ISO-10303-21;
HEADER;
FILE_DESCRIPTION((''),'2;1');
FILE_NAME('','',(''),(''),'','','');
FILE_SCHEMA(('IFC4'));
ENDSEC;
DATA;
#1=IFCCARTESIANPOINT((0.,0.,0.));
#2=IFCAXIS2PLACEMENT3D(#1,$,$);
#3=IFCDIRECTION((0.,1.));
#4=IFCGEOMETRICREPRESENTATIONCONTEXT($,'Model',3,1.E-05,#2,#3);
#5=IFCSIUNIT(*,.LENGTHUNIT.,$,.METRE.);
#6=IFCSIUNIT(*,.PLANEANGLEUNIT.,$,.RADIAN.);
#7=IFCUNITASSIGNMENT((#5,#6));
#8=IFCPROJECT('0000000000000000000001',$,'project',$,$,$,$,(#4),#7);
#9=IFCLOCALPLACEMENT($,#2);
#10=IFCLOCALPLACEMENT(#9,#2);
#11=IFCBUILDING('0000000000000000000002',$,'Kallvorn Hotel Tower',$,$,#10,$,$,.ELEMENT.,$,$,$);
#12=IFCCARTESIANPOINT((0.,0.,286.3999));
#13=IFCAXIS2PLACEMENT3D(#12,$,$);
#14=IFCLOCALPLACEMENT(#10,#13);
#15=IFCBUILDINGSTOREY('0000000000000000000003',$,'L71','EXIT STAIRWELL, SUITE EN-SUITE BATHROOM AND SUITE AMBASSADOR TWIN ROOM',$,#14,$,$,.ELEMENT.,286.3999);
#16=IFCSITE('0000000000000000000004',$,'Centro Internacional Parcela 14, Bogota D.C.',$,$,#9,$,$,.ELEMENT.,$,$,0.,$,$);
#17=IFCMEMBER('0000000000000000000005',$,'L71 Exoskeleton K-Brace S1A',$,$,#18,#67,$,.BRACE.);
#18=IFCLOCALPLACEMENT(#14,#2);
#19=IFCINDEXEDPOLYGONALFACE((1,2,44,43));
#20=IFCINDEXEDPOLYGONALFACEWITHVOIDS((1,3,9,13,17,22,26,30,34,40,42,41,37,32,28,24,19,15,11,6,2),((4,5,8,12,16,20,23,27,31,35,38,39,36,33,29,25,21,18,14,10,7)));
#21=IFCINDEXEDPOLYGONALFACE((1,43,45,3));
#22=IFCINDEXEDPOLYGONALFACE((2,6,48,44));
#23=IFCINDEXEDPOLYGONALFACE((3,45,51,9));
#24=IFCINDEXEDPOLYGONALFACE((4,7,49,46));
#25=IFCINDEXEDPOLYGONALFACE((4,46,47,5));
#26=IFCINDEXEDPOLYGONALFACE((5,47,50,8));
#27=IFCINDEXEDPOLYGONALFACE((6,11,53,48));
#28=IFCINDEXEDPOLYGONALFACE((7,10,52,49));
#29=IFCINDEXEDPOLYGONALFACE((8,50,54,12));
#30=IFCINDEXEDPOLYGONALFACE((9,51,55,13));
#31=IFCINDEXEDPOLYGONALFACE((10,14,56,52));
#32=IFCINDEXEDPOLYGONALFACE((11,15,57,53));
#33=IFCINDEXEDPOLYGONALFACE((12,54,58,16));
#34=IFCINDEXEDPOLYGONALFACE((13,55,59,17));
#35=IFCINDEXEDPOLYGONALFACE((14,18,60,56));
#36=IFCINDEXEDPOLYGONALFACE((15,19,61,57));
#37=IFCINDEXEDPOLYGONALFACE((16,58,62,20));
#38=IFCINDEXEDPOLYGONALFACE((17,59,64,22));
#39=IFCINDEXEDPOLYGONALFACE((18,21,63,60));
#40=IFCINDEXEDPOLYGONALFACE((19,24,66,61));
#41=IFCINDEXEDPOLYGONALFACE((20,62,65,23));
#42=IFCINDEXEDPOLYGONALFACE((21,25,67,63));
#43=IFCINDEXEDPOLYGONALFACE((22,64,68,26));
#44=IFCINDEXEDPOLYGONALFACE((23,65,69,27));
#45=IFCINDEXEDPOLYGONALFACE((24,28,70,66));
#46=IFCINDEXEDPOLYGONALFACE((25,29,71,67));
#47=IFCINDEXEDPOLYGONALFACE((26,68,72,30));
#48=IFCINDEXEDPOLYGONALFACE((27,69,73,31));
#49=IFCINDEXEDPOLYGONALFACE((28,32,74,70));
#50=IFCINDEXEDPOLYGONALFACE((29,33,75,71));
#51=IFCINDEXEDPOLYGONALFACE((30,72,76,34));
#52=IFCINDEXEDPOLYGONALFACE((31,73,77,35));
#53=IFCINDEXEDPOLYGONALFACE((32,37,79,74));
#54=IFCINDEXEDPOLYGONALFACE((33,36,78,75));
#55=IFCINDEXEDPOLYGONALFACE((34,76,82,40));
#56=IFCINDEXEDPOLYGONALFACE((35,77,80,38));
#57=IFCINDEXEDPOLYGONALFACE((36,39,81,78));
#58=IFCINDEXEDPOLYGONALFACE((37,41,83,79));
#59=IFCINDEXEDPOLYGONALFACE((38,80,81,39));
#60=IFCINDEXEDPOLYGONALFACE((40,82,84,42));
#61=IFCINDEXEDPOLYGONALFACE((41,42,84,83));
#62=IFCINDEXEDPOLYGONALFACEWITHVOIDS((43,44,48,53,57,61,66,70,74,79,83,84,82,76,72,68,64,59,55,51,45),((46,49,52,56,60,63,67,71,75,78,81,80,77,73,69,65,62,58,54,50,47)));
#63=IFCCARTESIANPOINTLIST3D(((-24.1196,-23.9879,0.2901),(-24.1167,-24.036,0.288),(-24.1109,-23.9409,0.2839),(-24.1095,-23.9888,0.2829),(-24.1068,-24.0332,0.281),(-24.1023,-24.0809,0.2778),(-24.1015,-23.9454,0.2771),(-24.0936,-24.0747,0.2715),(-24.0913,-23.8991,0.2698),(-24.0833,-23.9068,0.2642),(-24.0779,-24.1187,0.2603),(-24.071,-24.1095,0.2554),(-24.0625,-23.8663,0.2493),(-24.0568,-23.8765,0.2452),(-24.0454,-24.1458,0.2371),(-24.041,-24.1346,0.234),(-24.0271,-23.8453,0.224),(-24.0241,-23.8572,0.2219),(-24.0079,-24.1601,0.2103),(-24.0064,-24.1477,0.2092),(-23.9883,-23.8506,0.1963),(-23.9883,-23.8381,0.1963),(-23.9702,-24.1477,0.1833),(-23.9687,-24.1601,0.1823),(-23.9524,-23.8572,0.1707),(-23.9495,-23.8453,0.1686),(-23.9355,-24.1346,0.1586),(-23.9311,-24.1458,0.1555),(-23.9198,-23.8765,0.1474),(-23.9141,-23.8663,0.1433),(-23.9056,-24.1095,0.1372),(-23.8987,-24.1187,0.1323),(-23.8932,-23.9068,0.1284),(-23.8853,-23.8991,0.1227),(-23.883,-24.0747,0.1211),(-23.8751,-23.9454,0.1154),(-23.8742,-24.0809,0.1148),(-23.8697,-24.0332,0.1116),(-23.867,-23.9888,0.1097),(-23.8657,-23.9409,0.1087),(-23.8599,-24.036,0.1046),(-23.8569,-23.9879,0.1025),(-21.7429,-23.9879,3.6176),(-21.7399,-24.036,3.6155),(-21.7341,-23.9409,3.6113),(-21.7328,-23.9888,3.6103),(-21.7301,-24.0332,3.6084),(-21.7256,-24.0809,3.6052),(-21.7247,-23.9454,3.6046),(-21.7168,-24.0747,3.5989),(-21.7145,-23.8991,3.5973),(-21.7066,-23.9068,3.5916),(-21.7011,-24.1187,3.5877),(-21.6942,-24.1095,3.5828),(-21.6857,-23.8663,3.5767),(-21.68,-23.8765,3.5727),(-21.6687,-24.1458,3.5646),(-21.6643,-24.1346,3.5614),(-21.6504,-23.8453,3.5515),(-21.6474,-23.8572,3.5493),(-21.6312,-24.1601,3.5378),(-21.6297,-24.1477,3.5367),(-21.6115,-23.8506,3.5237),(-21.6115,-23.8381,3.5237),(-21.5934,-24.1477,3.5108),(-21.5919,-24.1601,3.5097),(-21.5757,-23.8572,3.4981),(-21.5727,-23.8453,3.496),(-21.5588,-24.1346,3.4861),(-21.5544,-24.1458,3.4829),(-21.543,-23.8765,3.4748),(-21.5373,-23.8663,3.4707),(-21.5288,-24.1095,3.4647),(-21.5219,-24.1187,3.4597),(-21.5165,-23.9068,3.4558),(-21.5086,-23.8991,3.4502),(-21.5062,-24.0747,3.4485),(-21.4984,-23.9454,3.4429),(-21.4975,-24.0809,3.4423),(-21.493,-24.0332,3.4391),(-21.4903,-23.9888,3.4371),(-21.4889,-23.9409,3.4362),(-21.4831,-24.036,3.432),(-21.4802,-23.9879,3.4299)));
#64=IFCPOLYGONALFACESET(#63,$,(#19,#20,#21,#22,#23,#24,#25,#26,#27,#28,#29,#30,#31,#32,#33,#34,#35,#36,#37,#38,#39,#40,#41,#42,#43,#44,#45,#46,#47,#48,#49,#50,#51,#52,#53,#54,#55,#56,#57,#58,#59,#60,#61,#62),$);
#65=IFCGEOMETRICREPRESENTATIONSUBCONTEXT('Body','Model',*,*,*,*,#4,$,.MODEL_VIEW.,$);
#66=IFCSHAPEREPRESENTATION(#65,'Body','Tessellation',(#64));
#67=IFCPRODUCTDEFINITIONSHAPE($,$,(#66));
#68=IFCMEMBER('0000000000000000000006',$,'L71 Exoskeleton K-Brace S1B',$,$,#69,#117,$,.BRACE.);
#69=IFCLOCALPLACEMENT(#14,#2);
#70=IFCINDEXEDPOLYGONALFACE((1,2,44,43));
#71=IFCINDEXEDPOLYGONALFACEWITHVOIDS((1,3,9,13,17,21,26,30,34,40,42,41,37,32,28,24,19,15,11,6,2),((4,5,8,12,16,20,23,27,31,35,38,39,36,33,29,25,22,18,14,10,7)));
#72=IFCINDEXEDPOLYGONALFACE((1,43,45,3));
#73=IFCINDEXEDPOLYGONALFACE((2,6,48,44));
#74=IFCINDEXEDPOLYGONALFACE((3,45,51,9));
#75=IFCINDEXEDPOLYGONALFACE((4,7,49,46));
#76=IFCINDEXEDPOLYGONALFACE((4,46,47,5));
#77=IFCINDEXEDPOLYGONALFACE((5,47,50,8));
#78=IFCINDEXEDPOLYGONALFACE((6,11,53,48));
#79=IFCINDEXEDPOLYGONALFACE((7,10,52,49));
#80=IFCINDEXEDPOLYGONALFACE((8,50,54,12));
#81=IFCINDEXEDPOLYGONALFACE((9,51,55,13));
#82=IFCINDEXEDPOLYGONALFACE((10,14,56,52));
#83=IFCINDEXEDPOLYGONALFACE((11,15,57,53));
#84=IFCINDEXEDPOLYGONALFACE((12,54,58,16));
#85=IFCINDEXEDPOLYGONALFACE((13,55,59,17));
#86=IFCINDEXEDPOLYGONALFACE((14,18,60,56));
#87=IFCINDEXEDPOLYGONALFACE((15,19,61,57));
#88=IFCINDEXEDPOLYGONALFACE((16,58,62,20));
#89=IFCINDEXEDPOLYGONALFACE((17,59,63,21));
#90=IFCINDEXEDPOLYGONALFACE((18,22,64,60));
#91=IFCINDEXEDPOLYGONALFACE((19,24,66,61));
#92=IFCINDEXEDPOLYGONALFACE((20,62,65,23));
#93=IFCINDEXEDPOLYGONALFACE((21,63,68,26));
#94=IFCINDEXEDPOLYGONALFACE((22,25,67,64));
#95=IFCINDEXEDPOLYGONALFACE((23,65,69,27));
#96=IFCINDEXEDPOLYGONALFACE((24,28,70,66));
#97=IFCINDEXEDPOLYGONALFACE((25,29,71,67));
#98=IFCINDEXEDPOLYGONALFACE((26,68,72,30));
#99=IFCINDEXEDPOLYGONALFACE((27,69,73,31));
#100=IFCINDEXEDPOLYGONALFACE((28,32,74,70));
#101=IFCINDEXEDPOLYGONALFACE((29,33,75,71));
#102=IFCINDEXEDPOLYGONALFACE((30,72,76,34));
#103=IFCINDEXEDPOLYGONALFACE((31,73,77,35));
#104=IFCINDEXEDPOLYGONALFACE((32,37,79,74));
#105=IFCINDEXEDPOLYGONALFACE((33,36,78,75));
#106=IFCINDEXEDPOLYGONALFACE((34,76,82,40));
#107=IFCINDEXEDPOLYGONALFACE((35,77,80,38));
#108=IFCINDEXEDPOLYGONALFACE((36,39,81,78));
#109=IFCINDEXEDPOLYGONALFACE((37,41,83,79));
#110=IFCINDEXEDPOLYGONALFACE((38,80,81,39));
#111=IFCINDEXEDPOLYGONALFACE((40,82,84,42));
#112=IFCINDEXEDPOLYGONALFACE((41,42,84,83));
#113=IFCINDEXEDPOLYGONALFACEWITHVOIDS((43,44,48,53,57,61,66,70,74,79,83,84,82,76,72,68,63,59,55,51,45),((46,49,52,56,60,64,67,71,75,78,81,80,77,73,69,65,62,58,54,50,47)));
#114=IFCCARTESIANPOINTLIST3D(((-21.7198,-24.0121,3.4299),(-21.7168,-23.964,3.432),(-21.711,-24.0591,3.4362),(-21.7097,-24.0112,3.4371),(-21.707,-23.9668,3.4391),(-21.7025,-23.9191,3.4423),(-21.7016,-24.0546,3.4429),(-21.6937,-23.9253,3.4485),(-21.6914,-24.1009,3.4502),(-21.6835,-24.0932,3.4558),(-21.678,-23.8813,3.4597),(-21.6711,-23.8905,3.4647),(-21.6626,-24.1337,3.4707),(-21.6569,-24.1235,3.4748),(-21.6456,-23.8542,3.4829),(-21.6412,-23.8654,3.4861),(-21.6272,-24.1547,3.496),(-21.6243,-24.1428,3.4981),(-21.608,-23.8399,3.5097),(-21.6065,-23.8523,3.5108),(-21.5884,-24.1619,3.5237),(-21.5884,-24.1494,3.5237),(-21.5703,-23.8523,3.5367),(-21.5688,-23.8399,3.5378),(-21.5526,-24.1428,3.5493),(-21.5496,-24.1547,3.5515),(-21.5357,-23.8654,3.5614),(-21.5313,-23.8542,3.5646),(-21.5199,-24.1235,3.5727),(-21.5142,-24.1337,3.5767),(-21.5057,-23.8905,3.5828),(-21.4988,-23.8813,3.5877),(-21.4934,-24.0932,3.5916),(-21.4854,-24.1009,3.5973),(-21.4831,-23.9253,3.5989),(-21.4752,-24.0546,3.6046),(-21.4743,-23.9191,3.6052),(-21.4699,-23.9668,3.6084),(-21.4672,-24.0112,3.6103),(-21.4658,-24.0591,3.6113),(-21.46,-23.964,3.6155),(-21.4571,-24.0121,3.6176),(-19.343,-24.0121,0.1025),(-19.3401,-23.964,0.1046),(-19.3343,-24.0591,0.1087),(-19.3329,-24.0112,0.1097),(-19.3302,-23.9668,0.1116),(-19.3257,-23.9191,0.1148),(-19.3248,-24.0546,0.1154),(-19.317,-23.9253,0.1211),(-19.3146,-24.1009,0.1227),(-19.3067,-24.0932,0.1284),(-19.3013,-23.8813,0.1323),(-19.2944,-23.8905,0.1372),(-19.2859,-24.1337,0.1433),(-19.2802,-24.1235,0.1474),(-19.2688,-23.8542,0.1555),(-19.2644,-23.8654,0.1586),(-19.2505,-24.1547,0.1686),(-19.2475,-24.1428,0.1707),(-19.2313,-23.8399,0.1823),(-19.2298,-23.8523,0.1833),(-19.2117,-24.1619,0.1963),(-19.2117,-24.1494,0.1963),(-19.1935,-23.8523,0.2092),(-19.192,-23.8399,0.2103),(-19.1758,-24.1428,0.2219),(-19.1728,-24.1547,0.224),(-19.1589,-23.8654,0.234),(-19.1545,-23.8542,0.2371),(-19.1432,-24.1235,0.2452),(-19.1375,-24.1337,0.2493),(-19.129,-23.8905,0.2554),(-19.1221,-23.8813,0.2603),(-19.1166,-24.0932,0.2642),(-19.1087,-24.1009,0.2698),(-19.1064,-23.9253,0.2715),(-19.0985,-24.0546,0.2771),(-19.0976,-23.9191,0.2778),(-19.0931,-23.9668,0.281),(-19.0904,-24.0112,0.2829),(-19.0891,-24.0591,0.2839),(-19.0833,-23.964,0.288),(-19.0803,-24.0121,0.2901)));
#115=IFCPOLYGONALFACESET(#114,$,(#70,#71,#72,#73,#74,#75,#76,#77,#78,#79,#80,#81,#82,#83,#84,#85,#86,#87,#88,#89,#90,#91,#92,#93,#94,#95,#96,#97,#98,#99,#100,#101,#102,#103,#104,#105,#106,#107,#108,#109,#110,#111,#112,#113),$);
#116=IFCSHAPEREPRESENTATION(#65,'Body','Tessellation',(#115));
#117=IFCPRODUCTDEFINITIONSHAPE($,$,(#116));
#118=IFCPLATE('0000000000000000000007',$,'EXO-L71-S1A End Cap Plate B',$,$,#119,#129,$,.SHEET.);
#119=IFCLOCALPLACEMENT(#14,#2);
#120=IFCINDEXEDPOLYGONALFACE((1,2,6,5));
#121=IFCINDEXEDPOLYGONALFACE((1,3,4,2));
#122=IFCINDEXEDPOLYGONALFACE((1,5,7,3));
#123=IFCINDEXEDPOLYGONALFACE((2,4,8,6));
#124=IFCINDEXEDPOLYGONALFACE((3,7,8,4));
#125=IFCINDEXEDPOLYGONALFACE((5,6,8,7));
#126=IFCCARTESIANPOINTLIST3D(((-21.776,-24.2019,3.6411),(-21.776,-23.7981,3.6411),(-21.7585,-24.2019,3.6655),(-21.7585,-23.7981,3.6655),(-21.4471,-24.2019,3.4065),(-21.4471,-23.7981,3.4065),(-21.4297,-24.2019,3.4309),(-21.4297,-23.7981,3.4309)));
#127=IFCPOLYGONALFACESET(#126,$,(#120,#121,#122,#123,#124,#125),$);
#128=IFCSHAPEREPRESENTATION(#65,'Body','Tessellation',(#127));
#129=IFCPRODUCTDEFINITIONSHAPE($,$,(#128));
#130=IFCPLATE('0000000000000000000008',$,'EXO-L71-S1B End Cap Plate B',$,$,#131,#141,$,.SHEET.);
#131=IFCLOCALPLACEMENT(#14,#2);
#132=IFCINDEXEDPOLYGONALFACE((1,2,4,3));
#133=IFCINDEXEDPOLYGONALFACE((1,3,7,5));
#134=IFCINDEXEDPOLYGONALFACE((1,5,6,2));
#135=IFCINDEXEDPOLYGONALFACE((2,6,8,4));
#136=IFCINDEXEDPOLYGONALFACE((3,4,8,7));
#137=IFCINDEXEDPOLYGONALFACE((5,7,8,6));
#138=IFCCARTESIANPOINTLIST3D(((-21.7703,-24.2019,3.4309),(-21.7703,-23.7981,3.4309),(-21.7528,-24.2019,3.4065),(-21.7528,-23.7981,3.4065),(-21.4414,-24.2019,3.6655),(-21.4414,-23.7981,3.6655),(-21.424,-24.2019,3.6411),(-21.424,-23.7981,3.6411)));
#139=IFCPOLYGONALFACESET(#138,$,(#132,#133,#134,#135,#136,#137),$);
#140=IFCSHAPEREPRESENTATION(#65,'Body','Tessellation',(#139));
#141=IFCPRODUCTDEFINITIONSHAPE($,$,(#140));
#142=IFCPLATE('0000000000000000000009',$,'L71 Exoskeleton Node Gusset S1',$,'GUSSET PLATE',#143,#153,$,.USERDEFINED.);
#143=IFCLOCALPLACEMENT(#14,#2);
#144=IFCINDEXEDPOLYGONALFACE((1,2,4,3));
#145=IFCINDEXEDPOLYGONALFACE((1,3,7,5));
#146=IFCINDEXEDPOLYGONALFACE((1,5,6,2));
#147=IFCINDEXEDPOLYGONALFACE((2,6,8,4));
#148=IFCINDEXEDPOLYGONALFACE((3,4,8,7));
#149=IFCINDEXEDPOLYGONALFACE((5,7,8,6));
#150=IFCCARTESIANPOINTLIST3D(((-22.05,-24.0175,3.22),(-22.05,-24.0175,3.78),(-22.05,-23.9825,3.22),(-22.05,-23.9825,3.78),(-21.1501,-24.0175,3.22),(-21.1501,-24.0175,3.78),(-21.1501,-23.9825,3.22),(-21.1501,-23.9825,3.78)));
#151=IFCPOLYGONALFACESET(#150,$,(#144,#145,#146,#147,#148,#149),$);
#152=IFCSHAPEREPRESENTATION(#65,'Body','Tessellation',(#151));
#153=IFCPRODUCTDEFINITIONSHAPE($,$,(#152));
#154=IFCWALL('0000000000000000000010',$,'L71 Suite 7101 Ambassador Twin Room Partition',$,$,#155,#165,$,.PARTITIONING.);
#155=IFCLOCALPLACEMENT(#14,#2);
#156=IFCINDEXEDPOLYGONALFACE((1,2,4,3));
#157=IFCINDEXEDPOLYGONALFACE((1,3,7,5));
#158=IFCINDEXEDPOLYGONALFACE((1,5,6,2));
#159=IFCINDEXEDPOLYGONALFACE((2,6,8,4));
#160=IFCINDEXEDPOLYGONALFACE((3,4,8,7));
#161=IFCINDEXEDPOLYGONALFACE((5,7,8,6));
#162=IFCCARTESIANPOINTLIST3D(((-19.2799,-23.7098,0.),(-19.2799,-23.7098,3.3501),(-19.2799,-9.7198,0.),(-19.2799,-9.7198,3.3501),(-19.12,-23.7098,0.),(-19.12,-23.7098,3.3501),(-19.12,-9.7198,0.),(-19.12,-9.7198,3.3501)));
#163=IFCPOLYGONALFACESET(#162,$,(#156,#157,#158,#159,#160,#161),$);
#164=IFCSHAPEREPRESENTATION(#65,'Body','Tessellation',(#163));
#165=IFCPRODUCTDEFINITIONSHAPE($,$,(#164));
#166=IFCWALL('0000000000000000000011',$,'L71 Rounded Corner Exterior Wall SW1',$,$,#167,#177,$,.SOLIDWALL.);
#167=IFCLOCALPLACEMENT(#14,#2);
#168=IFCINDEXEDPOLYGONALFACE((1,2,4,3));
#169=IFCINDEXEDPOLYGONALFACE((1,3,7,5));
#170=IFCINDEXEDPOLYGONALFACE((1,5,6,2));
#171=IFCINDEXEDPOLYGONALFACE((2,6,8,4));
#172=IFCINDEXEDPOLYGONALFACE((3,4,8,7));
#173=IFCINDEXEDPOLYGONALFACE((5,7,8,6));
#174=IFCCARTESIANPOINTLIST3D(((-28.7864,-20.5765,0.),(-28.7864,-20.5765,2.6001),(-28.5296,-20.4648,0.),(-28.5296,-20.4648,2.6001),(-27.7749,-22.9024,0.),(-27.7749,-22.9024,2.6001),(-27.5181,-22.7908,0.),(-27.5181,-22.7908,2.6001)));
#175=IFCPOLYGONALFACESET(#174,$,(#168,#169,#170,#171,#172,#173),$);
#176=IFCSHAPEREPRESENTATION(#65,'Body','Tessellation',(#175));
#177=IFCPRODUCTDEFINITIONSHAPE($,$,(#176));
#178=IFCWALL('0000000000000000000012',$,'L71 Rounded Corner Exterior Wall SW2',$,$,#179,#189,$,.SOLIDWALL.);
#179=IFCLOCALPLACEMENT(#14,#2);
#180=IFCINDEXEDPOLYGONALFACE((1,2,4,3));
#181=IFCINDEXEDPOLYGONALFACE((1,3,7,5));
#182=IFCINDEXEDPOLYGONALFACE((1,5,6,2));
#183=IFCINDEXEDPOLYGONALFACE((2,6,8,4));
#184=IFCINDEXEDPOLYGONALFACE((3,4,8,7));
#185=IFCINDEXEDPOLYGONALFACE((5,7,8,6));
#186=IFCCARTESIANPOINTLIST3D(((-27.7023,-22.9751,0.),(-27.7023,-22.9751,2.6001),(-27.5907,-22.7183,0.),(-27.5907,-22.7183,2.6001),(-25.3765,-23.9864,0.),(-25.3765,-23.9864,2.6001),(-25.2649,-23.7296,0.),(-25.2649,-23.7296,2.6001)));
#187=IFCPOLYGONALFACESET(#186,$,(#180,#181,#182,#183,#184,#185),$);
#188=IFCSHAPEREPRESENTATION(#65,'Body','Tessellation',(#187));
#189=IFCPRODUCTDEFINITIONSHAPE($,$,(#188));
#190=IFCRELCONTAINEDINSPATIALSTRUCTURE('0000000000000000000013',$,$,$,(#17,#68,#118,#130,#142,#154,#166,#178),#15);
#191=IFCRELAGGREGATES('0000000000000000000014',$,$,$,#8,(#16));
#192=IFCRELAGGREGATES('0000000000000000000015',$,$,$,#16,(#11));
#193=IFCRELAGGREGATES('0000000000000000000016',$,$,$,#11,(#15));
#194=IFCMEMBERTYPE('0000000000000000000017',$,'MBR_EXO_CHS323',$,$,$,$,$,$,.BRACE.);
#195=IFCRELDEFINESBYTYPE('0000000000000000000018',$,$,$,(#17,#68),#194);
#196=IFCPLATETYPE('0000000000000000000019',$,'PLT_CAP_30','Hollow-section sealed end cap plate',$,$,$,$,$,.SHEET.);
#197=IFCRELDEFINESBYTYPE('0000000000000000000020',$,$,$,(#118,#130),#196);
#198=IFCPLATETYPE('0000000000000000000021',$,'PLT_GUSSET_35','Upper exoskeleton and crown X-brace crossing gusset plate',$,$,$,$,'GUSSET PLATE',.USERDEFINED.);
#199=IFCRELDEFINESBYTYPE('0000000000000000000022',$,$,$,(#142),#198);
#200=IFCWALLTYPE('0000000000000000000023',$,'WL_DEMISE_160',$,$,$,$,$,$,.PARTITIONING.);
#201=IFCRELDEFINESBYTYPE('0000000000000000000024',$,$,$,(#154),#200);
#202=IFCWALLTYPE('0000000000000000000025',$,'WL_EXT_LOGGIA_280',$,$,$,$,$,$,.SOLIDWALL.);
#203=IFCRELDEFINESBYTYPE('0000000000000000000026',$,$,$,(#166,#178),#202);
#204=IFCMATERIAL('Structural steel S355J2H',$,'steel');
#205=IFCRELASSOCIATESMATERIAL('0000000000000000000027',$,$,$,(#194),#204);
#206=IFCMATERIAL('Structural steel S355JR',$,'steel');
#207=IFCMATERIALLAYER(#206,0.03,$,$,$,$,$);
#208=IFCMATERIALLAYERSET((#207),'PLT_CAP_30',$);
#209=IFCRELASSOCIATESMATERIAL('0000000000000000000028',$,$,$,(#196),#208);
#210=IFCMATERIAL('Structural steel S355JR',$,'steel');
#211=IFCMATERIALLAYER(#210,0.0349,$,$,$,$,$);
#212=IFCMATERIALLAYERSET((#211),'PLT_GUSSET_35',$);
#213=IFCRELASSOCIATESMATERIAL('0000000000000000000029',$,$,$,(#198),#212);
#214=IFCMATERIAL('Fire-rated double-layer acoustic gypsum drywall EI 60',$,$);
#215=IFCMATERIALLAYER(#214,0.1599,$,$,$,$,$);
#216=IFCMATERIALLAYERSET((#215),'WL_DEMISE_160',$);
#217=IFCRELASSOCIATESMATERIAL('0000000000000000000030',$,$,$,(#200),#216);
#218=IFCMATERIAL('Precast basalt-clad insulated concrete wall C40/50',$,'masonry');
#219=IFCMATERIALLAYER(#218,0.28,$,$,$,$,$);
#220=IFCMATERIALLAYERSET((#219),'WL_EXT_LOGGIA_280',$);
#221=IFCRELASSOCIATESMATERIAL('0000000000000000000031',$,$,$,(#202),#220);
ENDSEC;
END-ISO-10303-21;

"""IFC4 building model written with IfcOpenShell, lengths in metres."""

from ifc_helpers import new_model, si_unit, direction, frame, frame_2d, origin, origin_2d, place, context, subcontext, project, spatial, polyline, rectangle, hollow_circle, outline, extrude, material, layer, layer_set, material_profile, profile_set, type_object, element, save


model = new_model("IFC4")

# Units and contexts
model_context = context("Model", 3, precision=1e-05, world=origin(), true_north=direction((0.0, 1.0)))
body_context = subcontext(model_context, "Body", "Model", "MODEL_VIEW")
ifc_project = project(units=[si_unit("LENGTHUNIT", "METRE"), si_unit("PLANEANGLEUNIT", "RADIAN")], contexts=[model_context])

# Site, building, storey
site_placement = place(None, origin())
site = spatial("IfcSite", under=ifc_project, at=site_placement, Name="Centro Internacional Parcela 14, Bogota D.C.", CompositionType="ELEMENT", RefElevation=0.0)
building_placement = place(site_placement, origin())
building = spatial("IfcBuilding", under=site, at=building_placement, Name="Kallvorn Hotel Tower", CompositionType="ELEMENT")
storey_placement = place(building_placement, frame((0.0, 0.0, 286.3999)))
storey = spatial("IfcBuildingStorey", under=building, at=storey_placement, Name="L71", Description="EXIT STAIRWELL, SUITE EN-SUITE BATHROOM AND SUITE AMBASSADOR TWIN ROOM", CompositionType="ELEMENT", Elevation=286.3999)

# Members
ifc_material_1 = material(Name="Structural steel S355J2H", Category="steel")
ifc_material_profile_1 = material_profile(ifc_material_1, hollow_circle(Radius=0.1619, WallThickness=0.0125, at=origin_2d()), Name="CHS 323.9x12.5")
ifc_profile_set_1 = profile_set([ifc_material_profile_1], Name="Structural steel S355J2H")
member_type = type_object("IfcMemberType", Name="MBR_EXO_CHS323", PredefinedType="BRACE", material=ifc_profile_set_1)
for number, where, z_axis, x_axis, name in (
    (1, (-23.9883, -24.0, 0.1963), (0.581238, 0.0, 0.813733), (0.0, 1.0, 0.0), "L71 Exoskeleton K-Brace S1A"),
    (2, (-19.2117, -24.0, 0.1963), (-0.581238, 0.0, 0.813733), (0.0, -1.0, 0.0), "L71 Exoskeleton K-Brace S1B"),
):
    element("IfcMember", number, at=place(storey_placement, frame(where, z_axis=z_axis, x_axis=x_axis)), inside=storey, type_object=member_type, Name=name, PredefinedType="BRACE", context=body_context, shape_type="SweptSolid", body=[
        extrude(hollow_circle(Radius=0.1619, WallThickness=0.0125, at=origin_2d()), origin(), (0.0, 0.0, 1.0), 4.0891),
    ])

# Plates
ifc_material_2 = material(Name="Structural steel S355JR", Category="steel")
ifc_layer_1 = layer(ifc_material_2, 0.03)
ifc_layer_set_1 = layer_set([ifc_layer_1], Name="PLT_CAP_30")
plate_type_1 = type_object("IfcPlateType", Name="PLT_CAP_30", Description="Hollow-section sealed end cap plate", PredefinedType="SHEET", material=ifc_layer_set_1)
for number, where, z_axis, x_axis, name in (
    (3, (-21.4297, -24.2019, 3.4309), (0.580781, 0.0, 0.81406), (0.0, 1.0, 0.0), "EXO-L71-S1A End Cap Plate B"),
    (4, (-21.7703, -23.7981, 3.4309), (-0.580781, 0.0, 0.81406), (0.0, -1.0, 0.0), "EXO-L71-S1B End Cap Plate B"),
):
    element("IfcPlate", number, at=place(storey_placement, frame(where, z_axis=z_axis, x_axis=x_axis)), inside=storey, type_object=plate_type_1, Name=name, PredefinedType="SHEET", context=body_context, shape_type="SweptSolid", body=[
        extrude(outline(polyline([(0.0, 0.0), (0.4038, 0.0), (0.4038, 0.404), (0.0, 0.404), (0.0, 0.0)])), origin(), (0.0, 0.0, -1.0), 0.03),
    ])
ifc_material_3 = material(Name="Structural steel S355JR", Category="steel")
ifc_layer_2 = layer(ifc_material_3, 0.0349)
ifc_layer_set_2 = layer_set([ifc_layer_2], Name="PLT_GUSSET_35")
plate_type_2 = type_object("IfcPlateType", Name="PLT_GUSSET_35", Description="Upper exoskeleton and crown X-brace crossing gusset plate", ElementType="GUSSET PLATE", PredefinedType="USERDEFINED", material=ifc_layer_set_2)
plate_placement = place(storey_placement, frame((-21.6001, -24.0, 3.22), z_axis=(0.0, 0.0, 1.0), x_axis=(1.0, 0.0, 0.0)))
element("IfcPlate", 5, at=plate_placement, inside=storey, type_object=plate_type_2, Name="L71 Exoskeleton Node Gusset S1", ObjectType="GUSSET PLATE", PredefinedType="USERDEFINED", context=body_context, shape_type="SweptSolid", body=[
    extrude(rectangle(XDim=0.8999, YDim=0.0349, at=origin_2d()), origin(), (0.0, 0.0, 1.0), 0.5601),
])

# Walls
ifc_material_4 = material(Name="Fire-rated double-layer acoustic gypsum drywall EI 60")
ifc_layer_3 = layer(ifc_material_4, 0.1599)
ifc_layer_set_3 = layer_set([ifc_layer_3], Name="WL_DEMISE_160")
wall_type_1 = type_object("IfcWallType", Name="WL_DEMISE_160", PredefinedType="PARTITIONING", material=ifc_layer_set_3)
wall_1_placement = place(storey_placement, frame((-19.2, -23.71, 0.0), z_axis=(0.0, 0.0, 1.0), x_axis=(0.0, 1.0, 0.0)))
element("IfcWall", 6, at=wall_1_placement, inside=storey, type_object=wall_type_1, Name="L71 Suite 7101 Ambassador Twin Room Partition", PredefinedType="PARTITIONING", context=body_context, shape_type="SweptSolid", body=[
    extrude(rectangle(XDim=13.99, YDim=0.1599, at=frame_2d((6.9951, 0.0))), origin(), (0.0, 0.0, 1.0), 3.3501),
])
ifc_material_5 = material(Name="Precast basalt-clad insulated concrete wall C40/50", Category="masonry")
ifc_layer_4 = layer(ifc_material_5, 0.28)
ifc_layer_set_4 = layer_set([ifc_layer_4], Name="WL_EXT_LOGGIA_280")
wall_type_2 = type_object("IfcWallType", Name="WL_EXT_LOGGIA_280", PredefinedType="SOLIDWALL", material=ifc_layer_set_4)
wall_2_placement = place(storey_placement, frame((-28.658, -20.5208, 0.0), z_axis=(0.0, 0.0, 1.0), x_axis=(0.398793, -0.917041, 0.0)))
element("IfcWall", 7, at=wall_2_placement, inside=storey, type_object=wall_type_2, Name="L71 Rounded Corner Exterior Wall SW1", PredefinedType="SOLIDWALL", context=body_context, shape_type="SweptSolid", body=[
    extrude(rectangle(XDim=2.5364, YDim=0.28, at=frame_2d((1.2681, 0.0))), origin(), (0.0, 0.0, 1.0), 2.6001),
])
wall_3_placement = place(storey_placement, frame((-27.6465, -22.8467, 0.0), z_axis=(0.0, 0.0, 1.0), x_axis=(0.917061, -0.398747, 0.0)))
element("IfcWall", 8, at=wall_3_placement, inside=storey, type_object=wall_type_2, Name="L71 Rounded Corner Exterior Wall SW2", PredefinedType="SOLIDWALL", context=body_context, shape_type="SweptSolid", body=[
    extrude(rectangle(XDim=2.5361, YDim=0.28, at=frame_2d((1.2681, 0.0))), origin(), (0.0, 0.0, 1.0), 2.6001),
])

save(model, "model.ifc")
